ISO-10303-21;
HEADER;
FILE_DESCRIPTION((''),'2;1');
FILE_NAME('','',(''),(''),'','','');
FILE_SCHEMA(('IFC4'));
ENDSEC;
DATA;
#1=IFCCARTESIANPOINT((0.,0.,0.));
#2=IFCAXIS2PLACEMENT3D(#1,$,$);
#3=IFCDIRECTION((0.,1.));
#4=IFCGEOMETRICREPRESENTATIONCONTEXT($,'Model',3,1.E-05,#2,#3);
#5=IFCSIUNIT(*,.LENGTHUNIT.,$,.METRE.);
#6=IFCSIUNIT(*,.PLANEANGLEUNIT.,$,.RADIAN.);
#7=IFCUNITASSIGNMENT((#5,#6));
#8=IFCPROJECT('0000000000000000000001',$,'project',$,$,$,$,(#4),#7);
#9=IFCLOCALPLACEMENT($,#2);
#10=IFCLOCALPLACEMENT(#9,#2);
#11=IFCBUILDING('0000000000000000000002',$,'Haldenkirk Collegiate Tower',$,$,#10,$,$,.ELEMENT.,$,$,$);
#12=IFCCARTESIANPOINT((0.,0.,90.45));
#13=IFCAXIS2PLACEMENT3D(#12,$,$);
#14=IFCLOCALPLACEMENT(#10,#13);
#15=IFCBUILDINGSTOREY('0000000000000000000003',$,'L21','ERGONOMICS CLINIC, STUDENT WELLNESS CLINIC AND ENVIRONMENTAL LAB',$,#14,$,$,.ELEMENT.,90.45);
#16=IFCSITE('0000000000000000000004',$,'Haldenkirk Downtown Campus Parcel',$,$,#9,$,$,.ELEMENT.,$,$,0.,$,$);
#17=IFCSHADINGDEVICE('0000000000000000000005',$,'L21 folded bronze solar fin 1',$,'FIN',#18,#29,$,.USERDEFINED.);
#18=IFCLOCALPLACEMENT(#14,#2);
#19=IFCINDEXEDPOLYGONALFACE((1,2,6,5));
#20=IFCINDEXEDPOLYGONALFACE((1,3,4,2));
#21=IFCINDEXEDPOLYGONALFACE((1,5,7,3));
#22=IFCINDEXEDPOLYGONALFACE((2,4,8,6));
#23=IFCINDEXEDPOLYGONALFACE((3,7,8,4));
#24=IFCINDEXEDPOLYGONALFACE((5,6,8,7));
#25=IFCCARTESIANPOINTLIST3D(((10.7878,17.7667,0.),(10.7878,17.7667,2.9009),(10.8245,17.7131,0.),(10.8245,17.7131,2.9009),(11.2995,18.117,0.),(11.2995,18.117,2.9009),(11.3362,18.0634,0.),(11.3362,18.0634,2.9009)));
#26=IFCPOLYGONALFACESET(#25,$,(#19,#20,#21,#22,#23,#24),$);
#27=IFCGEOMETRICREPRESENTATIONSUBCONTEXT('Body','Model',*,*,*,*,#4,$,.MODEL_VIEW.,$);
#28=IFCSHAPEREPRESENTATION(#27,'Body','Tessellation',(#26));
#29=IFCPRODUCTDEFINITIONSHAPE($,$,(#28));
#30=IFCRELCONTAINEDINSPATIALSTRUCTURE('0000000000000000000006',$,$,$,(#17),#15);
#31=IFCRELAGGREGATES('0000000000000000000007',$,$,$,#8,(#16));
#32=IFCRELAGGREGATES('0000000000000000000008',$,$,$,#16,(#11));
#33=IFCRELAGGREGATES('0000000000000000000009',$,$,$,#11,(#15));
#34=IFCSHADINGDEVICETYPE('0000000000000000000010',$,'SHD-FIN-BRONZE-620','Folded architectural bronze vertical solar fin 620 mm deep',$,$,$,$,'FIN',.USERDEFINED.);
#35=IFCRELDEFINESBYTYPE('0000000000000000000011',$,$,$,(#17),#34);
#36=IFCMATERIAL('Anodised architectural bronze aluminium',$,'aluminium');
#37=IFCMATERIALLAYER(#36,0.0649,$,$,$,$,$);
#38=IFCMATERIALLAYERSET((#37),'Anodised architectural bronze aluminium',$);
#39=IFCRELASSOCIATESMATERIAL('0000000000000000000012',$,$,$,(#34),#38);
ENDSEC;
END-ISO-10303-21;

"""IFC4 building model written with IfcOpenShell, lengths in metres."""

from ifc_helpers import new_model, si_unit, direction, frame, origin, origin_2d, place, context, subcontext, project, spatial, rectangle, extrude, source, transform, mapped, material, layer, layer_set, type_object, element, save


model = new_model("IFC4")

# Units and contexts
model_context = context("Model", 3, precision=1e-05, world=origin(), true_north=direction((0.0, 1.0)))
body_context = subcontext(model_context, "Body", "Model", "MODEL_VIEW")
ifc_project = project(units=[si_unit("LENGTHUNIT", "METRE"), si_unit("PLANEANGLEUNIT", "RADIAN")], contexts=[model_context])

# Site, building, storey
site_placement = place(None, origin())
site = spatial("IfcSite", under=ifc_project, at=site_placement, Name="Haldenkirk Downtown Campus Parcel", CompositionType="ELEMENT", RefElevation=0.0)
building_placement = place(site_placement, origin())
building = spatial("IfcBuilding", under=site, at=building_placement, Name="Haldenkirk Collegiate Tower", CompositionType="ELEMENT")
storey_placement = place(building_placement, frame((0.0, 0.0, 90.45)))
storey = spatial("IfcBuildingStorey", under=building, at=storey_placement, Name="L21", Description="ERGONOMICS CLINIC, STUDENT WELLNESS CLINIC AND ENVIRONMENTAL LAB", CompositionType="ELEMENT", Elevation=90.45)

# Shared definitions
ifc_material_1 = material(Name="Anodised architectural bronze aluminium", Category="aluminium")

# Shading device
ifc_layer_1 = layer(ifc_material_1, 0.0649)
ifc_layer_set_1 = layer_set([ifc_layer_1], Name="Anodised architectural bronze aluminium")
shading_device_type = type_object("IfcShadingDeviceType", Name="SHD-FIN-BRONZE-620", Description="Folded architectural bronze vertical solar fin 620 mm deep", ElementType="FIN", PredefinedType="USERDEFINED", material=ifc_layer_set_1)
shared_shape_1 = source(origin(), body_context, "Body", "SweptSolid", [
    extrude(rectangle(XDim=0.6201, YDim=0.0649, at=origin_2d()), origin(), (0.0, 0.0, 1.0), 2.9009),
])
shading_device_placement = place(storey_placement, frame((11.062, 17.915, 0.0), z_axis=(0.0, 0.0, 1.0), x_axis=(-0.825113, -0.564967, 0.0)))
element("IfcShadingDevice", 1, at=shading_device_placement, inside=storey, type_object=shading_device_type, Name="L21 folded bronze solar fin 1", ObjectType="FIN", PredefinedType="USERDEFINED", context=body_context, shape_type="MappedRepresentation", body=[
    mapped(shared_shape_1, transform((0.0, 0.0, 0.0), x_axis=(1.0, 0.0, 0.0), y_axis=(0.0, 1.0, 0.0), z_axis=(0.0, 0.0, 1.0), scale=1.0)),
])

save(model, "model.ifc")
